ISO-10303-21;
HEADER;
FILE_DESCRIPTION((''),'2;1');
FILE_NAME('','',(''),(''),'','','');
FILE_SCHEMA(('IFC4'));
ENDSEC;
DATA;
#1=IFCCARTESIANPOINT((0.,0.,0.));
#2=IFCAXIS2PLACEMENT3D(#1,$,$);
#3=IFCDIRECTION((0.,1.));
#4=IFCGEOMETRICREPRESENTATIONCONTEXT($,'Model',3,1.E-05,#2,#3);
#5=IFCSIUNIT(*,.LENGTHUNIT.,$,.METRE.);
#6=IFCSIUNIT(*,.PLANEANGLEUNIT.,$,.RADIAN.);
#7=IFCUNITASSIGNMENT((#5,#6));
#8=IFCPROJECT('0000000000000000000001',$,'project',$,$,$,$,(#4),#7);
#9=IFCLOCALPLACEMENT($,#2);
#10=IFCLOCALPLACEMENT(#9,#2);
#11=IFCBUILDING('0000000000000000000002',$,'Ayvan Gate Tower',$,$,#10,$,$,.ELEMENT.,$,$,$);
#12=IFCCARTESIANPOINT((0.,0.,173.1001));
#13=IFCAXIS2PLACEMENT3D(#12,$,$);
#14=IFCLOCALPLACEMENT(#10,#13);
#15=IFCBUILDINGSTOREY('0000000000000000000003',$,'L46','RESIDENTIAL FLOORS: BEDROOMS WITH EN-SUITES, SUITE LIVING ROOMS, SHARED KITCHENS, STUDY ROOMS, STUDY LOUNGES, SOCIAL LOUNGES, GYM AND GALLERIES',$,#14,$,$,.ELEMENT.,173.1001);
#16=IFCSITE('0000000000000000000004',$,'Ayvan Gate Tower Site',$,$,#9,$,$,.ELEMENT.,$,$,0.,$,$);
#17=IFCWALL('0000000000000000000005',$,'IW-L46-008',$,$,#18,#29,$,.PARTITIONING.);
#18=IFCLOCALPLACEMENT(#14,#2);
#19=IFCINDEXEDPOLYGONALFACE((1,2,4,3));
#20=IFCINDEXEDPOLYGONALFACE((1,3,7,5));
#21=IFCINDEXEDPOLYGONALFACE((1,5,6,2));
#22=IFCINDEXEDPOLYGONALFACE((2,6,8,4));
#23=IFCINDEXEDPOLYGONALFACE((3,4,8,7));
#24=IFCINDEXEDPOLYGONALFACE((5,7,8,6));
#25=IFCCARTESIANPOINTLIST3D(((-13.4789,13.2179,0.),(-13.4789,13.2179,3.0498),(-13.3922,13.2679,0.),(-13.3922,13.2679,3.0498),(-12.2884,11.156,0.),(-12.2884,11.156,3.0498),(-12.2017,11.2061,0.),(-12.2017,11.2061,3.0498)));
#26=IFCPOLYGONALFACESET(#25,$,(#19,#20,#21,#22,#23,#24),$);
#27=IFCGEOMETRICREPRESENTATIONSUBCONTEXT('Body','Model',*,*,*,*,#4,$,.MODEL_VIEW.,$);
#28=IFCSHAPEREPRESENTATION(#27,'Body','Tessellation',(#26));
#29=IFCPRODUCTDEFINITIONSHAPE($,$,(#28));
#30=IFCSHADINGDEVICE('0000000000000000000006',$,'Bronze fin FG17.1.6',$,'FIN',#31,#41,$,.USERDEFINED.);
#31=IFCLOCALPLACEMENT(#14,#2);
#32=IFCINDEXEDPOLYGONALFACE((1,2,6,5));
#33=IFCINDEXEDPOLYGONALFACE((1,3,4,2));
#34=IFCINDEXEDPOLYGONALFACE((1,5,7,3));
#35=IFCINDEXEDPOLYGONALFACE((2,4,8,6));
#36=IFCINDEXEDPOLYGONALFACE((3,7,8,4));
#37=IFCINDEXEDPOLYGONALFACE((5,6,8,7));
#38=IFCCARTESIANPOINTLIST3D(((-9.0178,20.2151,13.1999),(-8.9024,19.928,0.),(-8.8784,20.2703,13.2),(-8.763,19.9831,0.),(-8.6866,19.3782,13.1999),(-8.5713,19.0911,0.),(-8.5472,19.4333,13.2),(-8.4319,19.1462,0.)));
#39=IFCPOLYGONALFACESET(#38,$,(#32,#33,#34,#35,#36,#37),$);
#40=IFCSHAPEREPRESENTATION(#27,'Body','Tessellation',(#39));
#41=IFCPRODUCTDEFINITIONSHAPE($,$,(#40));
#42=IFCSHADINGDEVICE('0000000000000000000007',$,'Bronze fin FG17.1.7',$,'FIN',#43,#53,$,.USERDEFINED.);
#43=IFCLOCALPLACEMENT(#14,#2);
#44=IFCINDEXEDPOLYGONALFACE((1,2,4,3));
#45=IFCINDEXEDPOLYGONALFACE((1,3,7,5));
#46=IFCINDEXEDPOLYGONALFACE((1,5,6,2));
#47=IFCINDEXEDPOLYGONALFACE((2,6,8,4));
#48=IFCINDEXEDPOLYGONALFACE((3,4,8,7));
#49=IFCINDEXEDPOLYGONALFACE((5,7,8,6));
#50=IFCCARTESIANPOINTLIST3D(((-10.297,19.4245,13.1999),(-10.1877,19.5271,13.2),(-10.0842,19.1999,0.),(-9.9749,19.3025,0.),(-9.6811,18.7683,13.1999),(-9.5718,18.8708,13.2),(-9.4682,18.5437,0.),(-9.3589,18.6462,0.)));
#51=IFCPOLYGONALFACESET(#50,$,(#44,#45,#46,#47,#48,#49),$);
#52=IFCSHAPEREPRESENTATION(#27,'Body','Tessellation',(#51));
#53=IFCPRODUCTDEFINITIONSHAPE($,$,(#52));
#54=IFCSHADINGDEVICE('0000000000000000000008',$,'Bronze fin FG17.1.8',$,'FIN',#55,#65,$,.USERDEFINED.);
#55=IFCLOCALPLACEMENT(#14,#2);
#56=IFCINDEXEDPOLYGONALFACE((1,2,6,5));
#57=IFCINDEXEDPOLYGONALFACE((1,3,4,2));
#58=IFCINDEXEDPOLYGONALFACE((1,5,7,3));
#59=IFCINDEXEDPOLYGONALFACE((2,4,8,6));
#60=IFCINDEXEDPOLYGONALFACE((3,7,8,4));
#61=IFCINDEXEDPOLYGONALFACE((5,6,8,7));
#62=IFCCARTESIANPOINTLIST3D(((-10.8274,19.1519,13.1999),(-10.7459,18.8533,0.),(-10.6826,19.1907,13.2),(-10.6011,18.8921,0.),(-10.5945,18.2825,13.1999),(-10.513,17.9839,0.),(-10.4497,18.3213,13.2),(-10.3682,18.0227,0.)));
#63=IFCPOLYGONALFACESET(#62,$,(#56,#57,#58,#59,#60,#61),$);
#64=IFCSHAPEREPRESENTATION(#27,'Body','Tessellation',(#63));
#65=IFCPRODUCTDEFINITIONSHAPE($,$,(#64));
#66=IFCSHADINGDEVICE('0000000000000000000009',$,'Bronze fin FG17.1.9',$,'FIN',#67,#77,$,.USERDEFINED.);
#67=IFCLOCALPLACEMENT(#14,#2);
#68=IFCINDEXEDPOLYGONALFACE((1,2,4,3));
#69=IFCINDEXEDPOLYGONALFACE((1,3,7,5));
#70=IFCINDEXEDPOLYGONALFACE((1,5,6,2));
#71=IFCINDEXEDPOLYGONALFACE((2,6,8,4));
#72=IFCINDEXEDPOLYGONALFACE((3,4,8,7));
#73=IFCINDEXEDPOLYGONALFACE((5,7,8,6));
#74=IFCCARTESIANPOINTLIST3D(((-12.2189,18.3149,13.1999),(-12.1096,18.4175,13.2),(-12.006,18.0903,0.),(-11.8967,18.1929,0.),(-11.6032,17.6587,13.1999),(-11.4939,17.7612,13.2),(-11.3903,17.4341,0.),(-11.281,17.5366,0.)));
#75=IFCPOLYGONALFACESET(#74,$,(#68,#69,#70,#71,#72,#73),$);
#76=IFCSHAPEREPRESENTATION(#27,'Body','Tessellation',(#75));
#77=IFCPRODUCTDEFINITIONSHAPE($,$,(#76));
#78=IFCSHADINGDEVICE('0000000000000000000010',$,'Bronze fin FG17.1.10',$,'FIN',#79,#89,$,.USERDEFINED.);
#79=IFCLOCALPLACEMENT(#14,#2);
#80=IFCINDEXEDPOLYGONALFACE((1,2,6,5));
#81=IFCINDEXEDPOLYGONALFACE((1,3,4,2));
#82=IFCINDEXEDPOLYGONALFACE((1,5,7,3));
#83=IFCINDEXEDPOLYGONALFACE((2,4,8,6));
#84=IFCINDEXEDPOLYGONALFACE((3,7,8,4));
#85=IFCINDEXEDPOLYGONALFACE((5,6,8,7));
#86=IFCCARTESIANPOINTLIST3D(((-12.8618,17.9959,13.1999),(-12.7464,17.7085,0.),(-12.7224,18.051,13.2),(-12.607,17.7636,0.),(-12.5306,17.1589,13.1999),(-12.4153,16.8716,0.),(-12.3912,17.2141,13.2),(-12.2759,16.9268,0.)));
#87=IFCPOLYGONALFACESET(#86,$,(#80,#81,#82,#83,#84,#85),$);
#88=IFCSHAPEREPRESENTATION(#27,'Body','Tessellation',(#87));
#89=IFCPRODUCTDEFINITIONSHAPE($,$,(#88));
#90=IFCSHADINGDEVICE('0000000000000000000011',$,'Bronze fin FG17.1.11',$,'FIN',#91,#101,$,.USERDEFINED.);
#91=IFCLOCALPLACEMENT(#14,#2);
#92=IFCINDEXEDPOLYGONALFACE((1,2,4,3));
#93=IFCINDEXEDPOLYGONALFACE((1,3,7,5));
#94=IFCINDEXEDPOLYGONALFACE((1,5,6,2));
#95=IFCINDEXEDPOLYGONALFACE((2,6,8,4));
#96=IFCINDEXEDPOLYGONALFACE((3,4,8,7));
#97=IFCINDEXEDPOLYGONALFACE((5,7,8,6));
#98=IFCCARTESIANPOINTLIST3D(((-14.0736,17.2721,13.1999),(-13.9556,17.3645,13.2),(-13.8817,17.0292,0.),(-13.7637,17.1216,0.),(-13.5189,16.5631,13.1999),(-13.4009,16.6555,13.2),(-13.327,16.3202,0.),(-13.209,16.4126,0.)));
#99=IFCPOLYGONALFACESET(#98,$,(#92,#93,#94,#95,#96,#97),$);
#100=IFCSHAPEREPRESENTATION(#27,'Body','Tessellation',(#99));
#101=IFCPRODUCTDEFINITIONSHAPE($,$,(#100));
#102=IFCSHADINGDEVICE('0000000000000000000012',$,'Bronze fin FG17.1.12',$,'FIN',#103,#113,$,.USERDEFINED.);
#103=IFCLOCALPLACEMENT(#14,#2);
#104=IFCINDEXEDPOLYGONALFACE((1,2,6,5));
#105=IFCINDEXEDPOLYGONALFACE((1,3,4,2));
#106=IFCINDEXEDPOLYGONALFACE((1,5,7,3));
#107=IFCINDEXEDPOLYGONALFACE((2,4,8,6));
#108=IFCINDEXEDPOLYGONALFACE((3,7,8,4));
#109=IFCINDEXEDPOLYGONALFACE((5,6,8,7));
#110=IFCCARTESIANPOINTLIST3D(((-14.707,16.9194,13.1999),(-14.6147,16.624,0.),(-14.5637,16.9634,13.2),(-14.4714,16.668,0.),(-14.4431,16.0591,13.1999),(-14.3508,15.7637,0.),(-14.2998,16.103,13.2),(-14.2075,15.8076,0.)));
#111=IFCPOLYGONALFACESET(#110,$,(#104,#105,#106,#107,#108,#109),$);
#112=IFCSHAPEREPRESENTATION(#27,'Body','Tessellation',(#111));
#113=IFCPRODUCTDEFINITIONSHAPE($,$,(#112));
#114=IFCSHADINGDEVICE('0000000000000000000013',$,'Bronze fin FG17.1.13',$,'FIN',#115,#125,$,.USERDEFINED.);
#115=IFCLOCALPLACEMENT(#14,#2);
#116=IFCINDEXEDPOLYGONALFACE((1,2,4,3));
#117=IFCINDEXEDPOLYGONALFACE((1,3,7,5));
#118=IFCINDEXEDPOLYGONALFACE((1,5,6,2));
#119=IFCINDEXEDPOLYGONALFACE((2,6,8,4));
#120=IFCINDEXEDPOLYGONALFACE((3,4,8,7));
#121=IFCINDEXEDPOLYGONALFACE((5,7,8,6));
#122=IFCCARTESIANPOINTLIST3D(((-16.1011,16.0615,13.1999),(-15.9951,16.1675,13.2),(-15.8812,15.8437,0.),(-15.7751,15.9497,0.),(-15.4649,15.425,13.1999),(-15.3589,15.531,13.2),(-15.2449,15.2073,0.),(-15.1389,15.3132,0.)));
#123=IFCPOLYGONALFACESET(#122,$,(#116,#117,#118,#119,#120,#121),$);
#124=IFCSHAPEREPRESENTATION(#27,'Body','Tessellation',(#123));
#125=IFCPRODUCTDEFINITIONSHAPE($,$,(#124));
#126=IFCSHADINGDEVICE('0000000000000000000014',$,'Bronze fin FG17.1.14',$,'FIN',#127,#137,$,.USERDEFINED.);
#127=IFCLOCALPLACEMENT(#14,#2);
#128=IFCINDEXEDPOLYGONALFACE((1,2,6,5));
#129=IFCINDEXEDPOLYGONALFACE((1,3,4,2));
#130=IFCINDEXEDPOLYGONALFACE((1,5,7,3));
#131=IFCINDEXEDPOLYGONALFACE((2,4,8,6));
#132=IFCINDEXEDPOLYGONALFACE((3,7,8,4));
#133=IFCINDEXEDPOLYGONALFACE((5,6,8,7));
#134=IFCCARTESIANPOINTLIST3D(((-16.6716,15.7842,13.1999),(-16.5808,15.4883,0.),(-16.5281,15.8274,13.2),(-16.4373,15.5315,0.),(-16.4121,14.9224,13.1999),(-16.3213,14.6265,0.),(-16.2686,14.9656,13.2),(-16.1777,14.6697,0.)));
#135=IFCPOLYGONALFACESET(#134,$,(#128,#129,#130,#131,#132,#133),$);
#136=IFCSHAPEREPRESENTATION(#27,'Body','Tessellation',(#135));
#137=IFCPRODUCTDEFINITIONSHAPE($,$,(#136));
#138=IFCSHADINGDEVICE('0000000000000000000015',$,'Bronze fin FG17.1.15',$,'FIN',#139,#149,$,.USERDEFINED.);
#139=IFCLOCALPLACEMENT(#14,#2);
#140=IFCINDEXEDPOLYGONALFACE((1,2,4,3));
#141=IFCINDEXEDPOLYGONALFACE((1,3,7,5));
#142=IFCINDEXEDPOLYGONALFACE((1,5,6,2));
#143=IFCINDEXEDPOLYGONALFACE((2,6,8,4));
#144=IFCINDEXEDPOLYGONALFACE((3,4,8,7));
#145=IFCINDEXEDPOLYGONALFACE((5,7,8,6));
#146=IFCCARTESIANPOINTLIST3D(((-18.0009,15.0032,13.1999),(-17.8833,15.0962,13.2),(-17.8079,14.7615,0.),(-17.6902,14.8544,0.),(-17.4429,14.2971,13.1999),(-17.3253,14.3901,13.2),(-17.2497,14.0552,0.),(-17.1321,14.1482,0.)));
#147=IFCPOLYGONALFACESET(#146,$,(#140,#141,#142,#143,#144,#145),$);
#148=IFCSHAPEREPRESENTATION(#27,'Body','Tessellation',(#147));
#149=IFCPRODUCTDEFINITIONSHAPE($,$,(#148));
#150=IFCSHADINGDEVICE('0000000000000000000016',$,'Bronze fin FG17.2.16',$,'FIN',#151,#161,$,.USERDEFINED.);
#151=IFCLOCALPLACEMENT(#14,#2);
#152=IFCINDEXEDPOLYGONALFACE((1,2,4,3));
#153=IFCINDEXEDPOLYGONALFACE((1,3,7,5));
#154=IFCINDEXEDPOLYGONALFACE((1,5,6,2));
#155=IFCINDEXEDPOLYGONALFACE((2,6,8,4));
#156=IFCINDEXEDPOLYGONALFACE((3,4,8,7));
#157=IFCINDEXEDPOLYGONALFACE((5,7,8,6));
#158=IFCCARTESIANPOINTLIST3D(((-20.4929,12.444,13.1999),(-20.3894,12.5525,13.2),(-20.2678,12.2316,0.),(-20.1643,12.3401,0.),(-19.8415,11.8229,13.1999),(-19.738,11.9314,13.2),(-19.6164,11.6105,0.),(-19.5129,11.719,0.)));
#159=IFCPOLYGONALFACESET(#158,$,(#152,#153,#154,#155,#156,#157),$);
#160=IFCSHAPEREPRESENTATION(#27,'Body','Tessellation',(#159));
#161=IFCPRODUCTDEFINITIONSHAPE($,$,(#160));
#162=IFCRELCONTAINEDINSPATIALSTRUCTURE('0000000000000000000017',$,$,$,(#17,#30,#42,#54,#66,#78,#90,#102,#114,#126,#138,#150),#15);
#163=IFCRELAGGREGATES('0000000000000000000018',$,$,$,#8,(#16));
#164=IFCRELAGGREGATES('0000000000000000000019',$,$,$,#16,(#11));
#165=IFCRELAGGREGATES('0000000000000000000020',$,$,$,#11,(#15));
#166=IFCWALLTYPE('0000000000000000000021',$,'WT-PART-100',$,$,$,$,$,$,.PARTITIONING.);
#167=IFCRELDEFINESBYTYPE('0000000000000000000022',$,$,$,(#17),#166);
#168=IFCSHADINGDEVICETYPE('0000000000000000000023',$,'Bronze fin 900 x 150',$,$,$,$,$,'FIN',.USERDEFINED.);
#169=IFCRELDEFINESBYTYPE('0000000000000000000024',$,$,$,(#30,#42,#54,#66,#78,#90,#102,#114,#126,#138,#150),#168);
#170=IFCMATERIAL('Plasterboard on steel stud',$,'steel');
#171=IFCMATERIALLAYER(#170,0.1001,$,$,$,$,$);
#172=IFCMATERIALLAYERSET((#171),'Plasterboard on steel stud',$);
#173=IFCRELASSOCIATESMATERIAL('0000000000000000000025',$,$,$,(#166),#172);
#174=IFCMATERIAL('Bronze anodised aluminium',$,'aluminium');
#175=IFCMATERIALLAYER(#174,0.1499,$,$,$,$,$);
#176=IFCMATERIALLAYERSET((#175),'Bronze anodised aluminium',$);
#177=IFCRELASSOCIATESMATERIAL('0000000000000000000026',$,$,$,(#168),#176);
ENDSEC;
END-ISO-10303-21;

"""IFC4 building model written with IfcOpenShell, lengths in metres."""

from ifc_helpers import new_model, si_unit, direction, frame, frame_2d, origin, place, context, subcontext, project, spatial, polyline, rectangle, outline, extrude, material, layer, layer_set, type_object, element, save


model = new_model("IFC4")

# Units and contexts
model_context = context("Model", 3, precision=1e-05, world=origin(), true_north=direction((0.0, 1.0)))
body_context = subcontext(model_context, "Body", "Model", "MODEL_VIEW")
ifc_project = project(units=[si_unit("LENGTHUNIT", "METRE"), si_unit("PLANEANGLEUNIT", "RADIAN")], contexts=[model_context])

# Site, building, storey
site_placement = place(None, origin())
site = spatial("IfcSite", under=ifc_project, at=site_placement, Name="Ayvan Gate Tower Site", CompositionType="ELEMENT", RefElevation=0.0)
building_placement = place(site_placement, origin())
building = spatial("IfcBuilding", under=site, at=building_placement, Name="Ayvan Gate Tower", CompositionType="ELEMENT")
storey_placement = place(building_placement, frame((0.0, 0.0, 173.1001)))
storey = spatial("IfcBuildingStorey", under=building, at=storey_placement, Name="L46", Description="RESIDENTIAL FLOORS: BEDROOMS WITH EN-SUITES, SUITE LIVING ROOMS, SHARED KITCHENS, STUDY ROOMS, STUDY LOUNGES, SOCIAL LOUNGES, GYM AND GALLERIES", CompositionType="ELEMENT", Elevation=173.1001)

# Shared definitions
ifc_material_1 = material(Name="Bronze anodised aluminium", Category="aluminium")

# Wall
ifc_material_2 = material(Name="Plasterboard on steel stud", Category="steel")
ifc_layer_1 = layer(ifc_material_2, 0.1001)
ifc_layer_set_1 = layer_set([ifc_layer_1], Name="Plasterboard on steel stud")
wall_type = type_object("IfcWallType", Name="WT-PART-100", PredefinedType="PARTITIONING", material=ifc_layer_set_1)
wall_placement = place(storey_placement, frame((-13.4355, 13.2429, 0.0), z_axis=(0.0, 0.0, 1.0), x_axis=(0.500021, -0.866013, 0.0)))
element("IfcWall", 1, at=wall_placement, inside=storey, type_object=wall_type, Name="IW-L46-008", PredefinedType="PARTITIONING", context=body_context, shape_type="SweptSolid", body=[
    extrude(rectangle(XDim=2.3809, YDim=0.1001, at=frame_2d((1.1904, 0.0))), origin(), (0.0, 0.0, 1.0), 3.0498),
])

# Shading devices
ifc_layer_2 = layer(ifc_material_1, 0.1499)
ifc_layer_set_2 = layer_set([ifc_layer_2], Name="Bronze anodised aluminium")
shading_device_type = type_object("IfcShadingDeviceType", Name="Bronze fin 900 x 150", ElementType="FIN", PredefinedType="USERDEFINED", material=ifc_layer_set_2)
shading_device_1_placement = place(storey_placement, frame((-8.4319, 19.1462, 0.0), z_axis=(0.929845, 0.367951, 0.000123), x_axis=(-0.367951, 0.929845, 0.0)))
element("IfcShadingDevice", 2, at=shading_device_1_placement, inside=storey, type_object=shading_device_type, Name="Bronze fin FG17.1.6", ObjectType="FIN", PredefinedType="USERDEFINED", context=body_context, shape_type="SweptSolid", body=[
    extrude(outline(polyline([(0.0, 0.0), (0.9, 0.0), (1.2095, 13.2), (0.3094, 13.2), (0.0, 0.0)])), origin(), (0.0, 0.0, -1.0), 0.1499),
])
shading_device_2_placement = place(storey_placement, frame((-9.3589, 18.6462, 0.0), z_axis=(0.729131, 0.684374, 0.000114), x_axis=(-0.684374, 0.729131, 0.0)))
element("IfcShadingDevice", 3, at=shading_device_2_placement, inside=storey, type_object=shading_device_type, Name="Bronze fin FG17.1.7", ObjectType="FIN", PredefinedType="USERDEFINED", context=body_context, shape_type="SweptSolid", body=[
    extrude(outline(polyline([(0.0, 0.0), (0.9, 0.0), (1.2095, 13.2), (0.3095, 13.2), (0.0, 0.0)])), origin(), (0.0, 0.0, -1.0), 0.1499),
])
shading_device_3_placement = place(storey_placement, frame((-10.3682, 18.0227, 0.0), z_axis=(0.965937, 0.258777, 0.000114), x_axis=(-0.258777, 0.965937, 0.0)))
element("IfcShadingDevice", 4, at=shading_device_3_placement, inside=storey, type_object=shading_device_type, Name="Bronze fin FG17.1.8", ObjectType="FIN", PredefinedType="USERDEFINED", context=body_context, shape_type="SweptSolid", body=[
    extrude(outline(polyline([(0.0, 0.0), (0.9, 0.0), (1.2096, 13.2), (0.3095, 13.2), (0.0, 0.0)])), origin(), (0.0, 0.0, -1.0), 0.1499),
])
shading_device_4_placement = place(storey_placement, frame((-11.281, 17.5366, 0.0), z_axis=(0.729266, 0.68423, 0.000119), x_axis=(-0.68423, 0.729266, 0.0)))
element("IfcShadingDevice", 5, at=shading_device_4_placement, inside=storey, type_object=shading_device_type, Name="Bronze fin FG17.1.9", ObjectType="FIN", PredefinedType="USERDEFINED", context=body_context, shape_type="SweptSolid", body=[
    extrude(outline(polyline([(0.0, 0.0), (0.8999, 0.0), (1.2093, 13.2), (0.3095, 13.2), (0.0, 0.0)])), origin(), (0.0, 0.0, -1.0), 0.1499),
])
shading_device_5_placement = place(storey_placement, frame((-12.2759, 16.9268, 0.0), z_axis=(0.929845, 0.367951, 0.000116), x_axis=(-0.367951, 0.929845, 0.0)))
element("IfcShadingDevice", 6, at=shading_device_5_placement, inside=storey, type_object=shading_device_type, Name="Bronze fin FG17.1.10", ObjectType="FIN", PredefinedType="USERDEFINED", context=body_context, shape_type="SweptSolid", body=[
    extrude(outline(polyline([(0.0, 0.0), (0.9, 0.0), (1.2097, 13.2), (0.3096, 13.2), (0.0, 0.0)])), origin(), (0.0, 0.0, -1.0), 0.1499),
])
shading_device_6_placement = place(storey_placement, frame((-13.209, 16.4126, 0.0), z_axis=(0.787597, 0.616191, 0.00011), x_axis=(-0.616191, 0.787597, 0.0)))
element("IfcShadingDevice", 7, at=shading_device_6_placement, inside=storey, type_object=shading_device_type, Name="Bronze fin FG17.1.11", ObjectType="FIN", PredefinedType="USERDEFINED", context=body_context, shape_type="SweptSolid", body=[
    extrude(outline(polyline([(0.0, 0.0), (0.9002, 0.0), (1.2098, 13.2), (0.3096, 13.2), (0.0, 0.0)])), origin(), (0.0, 0.0, -1.0), 0.1499),
])
shading_device_7_placement = place(storey_placement, frame((-14.2075, 15.8076, 0.0), z_axis=(0.956031, 0.293266, 0.000121), x_axis=(-0.293266, 0.956031, 0.0)))
element("IfcShadingDevice", 8, at=shading_device_7_placement, inside=storey, type_object=shading_device_type, Name="Bronze fin FG17.1.12", ObjectType="FIN", PredefinedType="USERDEFINED", context=body_context, shape_type="SweptSolid", body=[
    extrude(outline(polyline([(0.0, 0.0), (0.8999, 0.0), (1.2094, 13.2), (0.3095, 13.2), (0.0, 0.0)])), origin(), (0.0, 0.0, -1.0), 0.1499),
])
shading_device_8_placement = place(storey_placement, frame((-15.1389, 15.3132, 0.0), z_axis=(0.707242, 0.706971, 0.000122), x_axis=(-0.706971, 0.707242, 0.0)))
element("IfcShadingDevice", 9, at=shading_device_8_placement, inside=storey, type_object=shading_device_type, Name="Bronze fin FG17.1.13", ObjectType="FIN", PredefinedType="USERDEFINED", context=body_context, shape_type="SweptSolid", body=[
    extrude(outline(polyline([(0.0, 0.0), (0.8999, 0.0), (1.2095, 13.2), (0.3095, 13.2), (0.0, 0.0)])), origin(), (0.0, 0.0, -1.0), 0.1499),
])
shading_device_9_placement = place(storey_placement, frame((-16.1777, 14.6697, 0.0), z_axis=(0.957527, 0.288343, 0.000124), x_axis=(-0.288343, 0.957527, 0.0)))
element("IfcShadingDevice", 10, at=shading_device_9_placement, inside=storey, type_object=shading_device_type, Name="Bronze fin FG17.1.14", ObjectType="FIN", PredefinedType="USERDEFINED", context=body_context, shape_type="SweptSolid", body=[
    extrude(outline(polyline([(0.0, 0.0), (0.9, 0.0), (1.2096, 13.2), (0.3095, 13.2), (0.0, 0.0)])), origin(), (0.0, 0.0, -1.0), 0.1499),
])
shading_device_10_placement = place(storey_placement, frame((-17.1321, 14.1482, 0.0), z_axis=(0.78456, 0.620053, 0.000119), x_axis=(-0.620053, 0.78456, 0.0)))
element("IfcShadingDevice", 11, at=shading_device_10_placement, inside=storey, type_object=shading_device_type, Name="Bronze fin FG17.1.15", ObjectType="FIN", PredefinedType="USERDEFINED", context=body_context, shape_type="SweptSolid", body=[
    extrude(outline(polyline([(0.0, 0.0), (0.9002, 0.0), (1.2096, 13.2), (0.3096, 13.2), (0.0, 0.0)])), origin(), (0.0, 0.0, -1.0), 0.1499),
])
shading_device_11_placement = place(storey_placement, frame((-19.5129, 11.719, 0.0), z_axis=(0.690089, 0.723725, 0.000122), x_axis=(-0.723725, 0.690089, 0.0)))
element("IfcShadingDevice", 12, at=shading_device_11_placement, inside=storey, type_object=shading_device_type, Name="Bronze fin FG17.2.16", ObjectType="FIN", PredefinedType="USERDEFINED", context=body_context, shape_type="SweptSolid", body=[
    extrude(outline(polyline([(0.0, 0.0), (0.9, 0.0), (1.2095, 13.2), (0.3095, 13.2), (0.0, 0.0)])), origin(), (0.0, 0.0, -1.0), 0.1499),
])

save(model, "model.ifc")
